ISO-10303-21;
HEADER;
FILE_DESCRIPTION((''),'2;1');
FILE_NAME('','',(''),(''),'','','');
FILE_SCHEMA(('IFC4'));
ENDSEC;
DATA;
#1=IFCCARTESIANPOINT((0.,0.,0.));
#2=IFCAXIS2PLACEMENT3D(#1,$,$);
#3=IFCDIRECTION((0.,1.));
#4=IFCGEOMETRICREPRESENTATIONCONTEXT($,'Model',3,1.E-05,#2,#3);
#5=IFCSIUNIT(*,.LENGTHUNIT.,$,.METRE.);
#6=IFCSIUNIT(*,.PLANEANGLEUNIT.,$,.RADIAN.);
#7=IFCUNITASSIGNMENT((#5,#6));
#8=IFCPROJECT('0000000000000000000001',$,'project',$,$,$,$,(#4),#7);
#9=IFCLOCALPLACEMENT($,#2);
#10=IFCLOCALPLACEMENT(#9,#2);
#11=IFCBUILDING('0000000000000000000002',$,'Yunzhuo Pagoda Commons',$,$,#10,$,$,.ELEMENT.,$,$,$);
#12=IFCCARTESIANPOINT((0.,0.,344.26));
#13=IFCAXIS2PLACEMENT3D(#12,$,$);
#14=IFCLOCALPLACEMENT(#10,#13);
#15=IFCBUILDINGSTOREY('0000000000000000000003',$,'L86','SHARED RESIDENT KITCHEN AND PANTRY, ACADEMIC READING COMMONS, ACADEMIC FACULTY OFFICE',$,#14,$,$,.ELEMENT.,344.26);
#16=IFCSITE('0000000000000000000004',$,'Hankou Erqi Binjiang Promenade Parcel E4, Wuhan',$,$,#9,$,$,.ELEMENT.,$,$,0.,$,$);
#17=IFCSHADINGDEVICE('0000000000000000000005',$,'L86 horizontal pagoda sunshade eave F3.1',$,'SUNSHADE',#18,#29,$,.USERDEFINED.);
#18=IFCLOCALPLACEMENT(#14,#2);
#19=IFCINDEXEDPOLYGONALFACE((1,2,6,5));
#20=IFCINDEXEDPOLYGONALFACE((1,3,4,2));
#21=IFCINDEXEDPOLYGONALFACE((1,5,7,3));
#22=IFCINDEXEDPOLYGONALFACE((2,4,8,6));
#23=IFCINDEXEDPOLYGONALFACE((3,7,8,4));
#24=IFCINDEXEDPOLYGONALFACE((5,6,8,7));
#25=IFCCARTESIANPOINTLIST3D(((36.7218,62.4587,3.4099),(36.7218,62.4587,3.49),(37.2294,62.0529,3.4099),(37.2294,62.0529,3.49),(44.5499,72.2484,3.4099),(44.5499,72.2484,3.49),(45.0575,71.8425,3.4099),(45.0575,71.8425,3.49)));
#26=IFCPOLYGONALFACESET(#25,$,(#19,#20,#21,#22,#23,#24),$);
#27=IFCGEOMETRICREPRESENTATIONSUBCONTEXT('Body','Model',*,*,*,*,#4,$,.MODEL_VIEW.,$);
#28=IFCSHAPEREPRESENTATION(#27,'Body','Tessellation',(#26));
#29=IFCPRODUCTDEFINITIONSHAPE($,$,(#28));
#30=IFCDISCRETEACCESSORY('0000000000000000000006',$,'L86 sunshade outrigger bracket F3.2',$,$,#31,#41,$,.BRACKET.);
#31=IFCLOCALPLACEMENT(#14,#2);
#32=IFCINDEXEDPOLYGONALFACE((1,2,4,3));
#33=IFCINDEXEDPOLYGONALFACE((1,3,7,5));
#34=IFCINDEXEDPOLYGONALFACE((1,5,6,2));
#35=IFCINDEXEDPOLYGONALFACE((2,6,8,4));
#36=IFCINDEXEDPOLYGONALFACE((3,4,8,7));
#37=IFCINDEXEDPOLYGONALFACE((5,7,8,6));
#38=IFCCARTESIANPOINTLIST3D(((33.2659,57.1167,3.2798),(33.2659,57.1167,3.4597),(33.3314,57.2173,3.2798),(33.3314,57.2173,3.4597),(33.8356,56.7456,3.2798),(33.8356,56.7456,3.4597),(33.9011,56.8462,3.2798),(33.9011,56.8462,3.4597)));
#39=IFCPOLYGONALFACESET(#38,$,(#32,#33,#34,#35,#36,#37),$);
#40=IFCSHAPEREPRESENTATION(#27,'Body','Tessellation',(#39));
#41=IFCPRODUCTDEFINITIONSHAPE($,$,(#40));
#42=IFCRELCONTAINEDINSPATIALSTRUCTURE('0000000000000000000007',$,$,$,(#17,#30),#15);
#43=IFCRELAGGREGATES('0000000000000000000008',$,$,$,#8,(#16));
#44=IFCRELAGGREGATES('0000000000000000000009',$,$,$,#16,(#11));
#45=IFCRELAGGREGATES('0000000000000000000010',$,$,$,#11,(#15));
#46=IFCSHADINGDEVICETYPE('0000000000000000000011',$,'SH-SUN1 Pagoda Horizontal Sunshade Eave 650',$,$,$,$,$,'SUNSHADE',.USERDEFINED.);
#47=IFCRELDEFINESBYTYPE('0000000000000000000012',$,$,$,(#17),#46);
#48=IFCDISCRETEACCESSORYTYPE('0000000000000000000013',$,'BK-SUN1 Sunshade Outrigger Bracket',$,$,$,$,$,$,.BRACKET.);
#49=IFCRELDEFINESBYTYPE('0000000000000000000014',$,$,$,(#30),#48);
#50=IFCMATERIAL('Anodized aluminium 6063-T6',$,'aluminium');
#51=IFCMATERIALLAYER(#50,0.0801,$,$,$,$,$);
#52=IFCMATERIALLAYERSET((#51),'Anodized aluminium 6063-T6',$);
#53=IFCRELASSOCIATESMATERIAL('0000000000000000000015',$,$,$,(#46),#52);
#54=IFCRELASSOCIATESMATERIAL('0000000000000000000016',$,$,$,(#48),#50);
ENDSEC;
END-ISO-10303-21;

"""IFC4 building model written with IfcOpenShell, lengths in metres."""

from ifc_helpers import new_model, si_unit, direction, frame, origin, origin_2d, place, context, subcontext, project, spatial, rectangle, extrude, source, transform, mapped, material, layer, layer_set, type_object, element, save


model = new_model("IFC4")

# Units and contexts
model_context = context("Model", 3, precision=1e-05, world=origin(), true_north=direction((0.0, 1.0)))
body_context = subcontext(model_context, "Body", "Model", "MODEL_VIEW")
ifc_project = project(units=[si_unit("LENGTHUNIT", "METRE"), si_unit("PLANEANGLEUNIT", "RADIAN")], contexts=[model_context])

# Site, building, storey
site_placement = place(None, origin())
site = spatial("IfcSite", under=ifc_project, at=site_placement, Name="Hankou Erqi Binjiang Promenade Parcel E4, Wuhan", CompositionType="ELEMENT", RefElevation=0.0)
building_placement = place(site_placement, origin())
building = spatial("IfcBuilding", under=site, at=building_placement, Name="Yunzhuo Pagoda Commons", CompositionType="ELEMENT")
storey_placement = place(building_placement, frame((0.0, 0.0, 344.26)))
storey = spatial("IfcBuildingStorey", under=building, at=storey_placement, Name="L86", Description="SHARED RESIDENT KITCHEN AND PANTRY, ACADEMIC READING COMMONS, ACADEMIC FACULTY OFFICE", CompositionType="ELEMENT", Elevation=344.26)

# Shared definitions
ifc_material_1 = material(Name="Anodized aluminium 6063-T6", Category="aluminium")

# Shading device
ifc_layer_1 = layer(ifc_material_1, 0.0801)
ifc_layer_set_1 = layer_set([ifc_layer_1], Name="Anodized aluminium 6063-T6")
shading_device_type = type_object("IfcShadingDeviceType", Name="SH-SUN1 Pagoda Horizontal Sunshade Eave 650", ElementType="SUNSHADE", PredefinedType="USERDEFINED", material=ifc_layer_set_1)
shared_shape_1 = source(origin(), body_context, "Body", "SweptSolid", [
    extrude(rectangle(XDim=12.5347, YDim=0.6499, at=origin_2d()), origin(), (0.0, 0.0, 1.0), 0.0801),
])
shading_device_1_placement = place(storey_placement, frame((40.8896, 67.1506, 3.4099), z_axis=(0.0, 0.0, 1.0), x_axis=(-0.62452, -0.781008, 0.0)))
element("IfcShadingDevice", 1, at=shading_device_1_placement, inside=storey, type_object=shading_device_type, Name="L86 horizontal pagoda sunshade eave F3.1", ObjectType="SUNSHADE", PredefinedType="USERDEFINED", context=body_context, shape_type="MappedRepresentation", body=[
    mapped(shared_shape_1, transform((0.0, 0.0, 0.0), scale=1.0)),
])

# Discrete accessory
discrete_accessory_type = type_object("IfcDiscreteAccessoryType", Name="BK-SUN1 Sunshade Outrigger Bracket", PredefinedType="BRACKET", material=ifc_material_1)
shared_shape_2 = source(origin(), body_context, "Body", "SweptSolid", [
    extrude(rectangle(XDim=0.1201, YDim=0.6799, at=origin_2d()), origin(), (0.0, 0.0, 1.0), 0.1799),
])
discrete_accessory_placement = place(storey_placement, frame((33.5835, 56.9814, 3.2798), z_axis=(0.0, 0.0, 1.0), x_axis=(-0.545853, -0.837881, 0.0)))
element("IfcDiscreteAccessory", 2, at=discrete_accessory_placement, inside=storey, type_object=discrete_accessory_type, Name="L86 sunshade outrigger bracket F3.2", PredefinedType="BRACKET", context=body_context, shape_type="MappedRepresentation", body=[
    mapped(shared_shape_2, transform((0.0, 0.0, 0.0), scale=1.0)),
])

save(model, "model.ifc")
